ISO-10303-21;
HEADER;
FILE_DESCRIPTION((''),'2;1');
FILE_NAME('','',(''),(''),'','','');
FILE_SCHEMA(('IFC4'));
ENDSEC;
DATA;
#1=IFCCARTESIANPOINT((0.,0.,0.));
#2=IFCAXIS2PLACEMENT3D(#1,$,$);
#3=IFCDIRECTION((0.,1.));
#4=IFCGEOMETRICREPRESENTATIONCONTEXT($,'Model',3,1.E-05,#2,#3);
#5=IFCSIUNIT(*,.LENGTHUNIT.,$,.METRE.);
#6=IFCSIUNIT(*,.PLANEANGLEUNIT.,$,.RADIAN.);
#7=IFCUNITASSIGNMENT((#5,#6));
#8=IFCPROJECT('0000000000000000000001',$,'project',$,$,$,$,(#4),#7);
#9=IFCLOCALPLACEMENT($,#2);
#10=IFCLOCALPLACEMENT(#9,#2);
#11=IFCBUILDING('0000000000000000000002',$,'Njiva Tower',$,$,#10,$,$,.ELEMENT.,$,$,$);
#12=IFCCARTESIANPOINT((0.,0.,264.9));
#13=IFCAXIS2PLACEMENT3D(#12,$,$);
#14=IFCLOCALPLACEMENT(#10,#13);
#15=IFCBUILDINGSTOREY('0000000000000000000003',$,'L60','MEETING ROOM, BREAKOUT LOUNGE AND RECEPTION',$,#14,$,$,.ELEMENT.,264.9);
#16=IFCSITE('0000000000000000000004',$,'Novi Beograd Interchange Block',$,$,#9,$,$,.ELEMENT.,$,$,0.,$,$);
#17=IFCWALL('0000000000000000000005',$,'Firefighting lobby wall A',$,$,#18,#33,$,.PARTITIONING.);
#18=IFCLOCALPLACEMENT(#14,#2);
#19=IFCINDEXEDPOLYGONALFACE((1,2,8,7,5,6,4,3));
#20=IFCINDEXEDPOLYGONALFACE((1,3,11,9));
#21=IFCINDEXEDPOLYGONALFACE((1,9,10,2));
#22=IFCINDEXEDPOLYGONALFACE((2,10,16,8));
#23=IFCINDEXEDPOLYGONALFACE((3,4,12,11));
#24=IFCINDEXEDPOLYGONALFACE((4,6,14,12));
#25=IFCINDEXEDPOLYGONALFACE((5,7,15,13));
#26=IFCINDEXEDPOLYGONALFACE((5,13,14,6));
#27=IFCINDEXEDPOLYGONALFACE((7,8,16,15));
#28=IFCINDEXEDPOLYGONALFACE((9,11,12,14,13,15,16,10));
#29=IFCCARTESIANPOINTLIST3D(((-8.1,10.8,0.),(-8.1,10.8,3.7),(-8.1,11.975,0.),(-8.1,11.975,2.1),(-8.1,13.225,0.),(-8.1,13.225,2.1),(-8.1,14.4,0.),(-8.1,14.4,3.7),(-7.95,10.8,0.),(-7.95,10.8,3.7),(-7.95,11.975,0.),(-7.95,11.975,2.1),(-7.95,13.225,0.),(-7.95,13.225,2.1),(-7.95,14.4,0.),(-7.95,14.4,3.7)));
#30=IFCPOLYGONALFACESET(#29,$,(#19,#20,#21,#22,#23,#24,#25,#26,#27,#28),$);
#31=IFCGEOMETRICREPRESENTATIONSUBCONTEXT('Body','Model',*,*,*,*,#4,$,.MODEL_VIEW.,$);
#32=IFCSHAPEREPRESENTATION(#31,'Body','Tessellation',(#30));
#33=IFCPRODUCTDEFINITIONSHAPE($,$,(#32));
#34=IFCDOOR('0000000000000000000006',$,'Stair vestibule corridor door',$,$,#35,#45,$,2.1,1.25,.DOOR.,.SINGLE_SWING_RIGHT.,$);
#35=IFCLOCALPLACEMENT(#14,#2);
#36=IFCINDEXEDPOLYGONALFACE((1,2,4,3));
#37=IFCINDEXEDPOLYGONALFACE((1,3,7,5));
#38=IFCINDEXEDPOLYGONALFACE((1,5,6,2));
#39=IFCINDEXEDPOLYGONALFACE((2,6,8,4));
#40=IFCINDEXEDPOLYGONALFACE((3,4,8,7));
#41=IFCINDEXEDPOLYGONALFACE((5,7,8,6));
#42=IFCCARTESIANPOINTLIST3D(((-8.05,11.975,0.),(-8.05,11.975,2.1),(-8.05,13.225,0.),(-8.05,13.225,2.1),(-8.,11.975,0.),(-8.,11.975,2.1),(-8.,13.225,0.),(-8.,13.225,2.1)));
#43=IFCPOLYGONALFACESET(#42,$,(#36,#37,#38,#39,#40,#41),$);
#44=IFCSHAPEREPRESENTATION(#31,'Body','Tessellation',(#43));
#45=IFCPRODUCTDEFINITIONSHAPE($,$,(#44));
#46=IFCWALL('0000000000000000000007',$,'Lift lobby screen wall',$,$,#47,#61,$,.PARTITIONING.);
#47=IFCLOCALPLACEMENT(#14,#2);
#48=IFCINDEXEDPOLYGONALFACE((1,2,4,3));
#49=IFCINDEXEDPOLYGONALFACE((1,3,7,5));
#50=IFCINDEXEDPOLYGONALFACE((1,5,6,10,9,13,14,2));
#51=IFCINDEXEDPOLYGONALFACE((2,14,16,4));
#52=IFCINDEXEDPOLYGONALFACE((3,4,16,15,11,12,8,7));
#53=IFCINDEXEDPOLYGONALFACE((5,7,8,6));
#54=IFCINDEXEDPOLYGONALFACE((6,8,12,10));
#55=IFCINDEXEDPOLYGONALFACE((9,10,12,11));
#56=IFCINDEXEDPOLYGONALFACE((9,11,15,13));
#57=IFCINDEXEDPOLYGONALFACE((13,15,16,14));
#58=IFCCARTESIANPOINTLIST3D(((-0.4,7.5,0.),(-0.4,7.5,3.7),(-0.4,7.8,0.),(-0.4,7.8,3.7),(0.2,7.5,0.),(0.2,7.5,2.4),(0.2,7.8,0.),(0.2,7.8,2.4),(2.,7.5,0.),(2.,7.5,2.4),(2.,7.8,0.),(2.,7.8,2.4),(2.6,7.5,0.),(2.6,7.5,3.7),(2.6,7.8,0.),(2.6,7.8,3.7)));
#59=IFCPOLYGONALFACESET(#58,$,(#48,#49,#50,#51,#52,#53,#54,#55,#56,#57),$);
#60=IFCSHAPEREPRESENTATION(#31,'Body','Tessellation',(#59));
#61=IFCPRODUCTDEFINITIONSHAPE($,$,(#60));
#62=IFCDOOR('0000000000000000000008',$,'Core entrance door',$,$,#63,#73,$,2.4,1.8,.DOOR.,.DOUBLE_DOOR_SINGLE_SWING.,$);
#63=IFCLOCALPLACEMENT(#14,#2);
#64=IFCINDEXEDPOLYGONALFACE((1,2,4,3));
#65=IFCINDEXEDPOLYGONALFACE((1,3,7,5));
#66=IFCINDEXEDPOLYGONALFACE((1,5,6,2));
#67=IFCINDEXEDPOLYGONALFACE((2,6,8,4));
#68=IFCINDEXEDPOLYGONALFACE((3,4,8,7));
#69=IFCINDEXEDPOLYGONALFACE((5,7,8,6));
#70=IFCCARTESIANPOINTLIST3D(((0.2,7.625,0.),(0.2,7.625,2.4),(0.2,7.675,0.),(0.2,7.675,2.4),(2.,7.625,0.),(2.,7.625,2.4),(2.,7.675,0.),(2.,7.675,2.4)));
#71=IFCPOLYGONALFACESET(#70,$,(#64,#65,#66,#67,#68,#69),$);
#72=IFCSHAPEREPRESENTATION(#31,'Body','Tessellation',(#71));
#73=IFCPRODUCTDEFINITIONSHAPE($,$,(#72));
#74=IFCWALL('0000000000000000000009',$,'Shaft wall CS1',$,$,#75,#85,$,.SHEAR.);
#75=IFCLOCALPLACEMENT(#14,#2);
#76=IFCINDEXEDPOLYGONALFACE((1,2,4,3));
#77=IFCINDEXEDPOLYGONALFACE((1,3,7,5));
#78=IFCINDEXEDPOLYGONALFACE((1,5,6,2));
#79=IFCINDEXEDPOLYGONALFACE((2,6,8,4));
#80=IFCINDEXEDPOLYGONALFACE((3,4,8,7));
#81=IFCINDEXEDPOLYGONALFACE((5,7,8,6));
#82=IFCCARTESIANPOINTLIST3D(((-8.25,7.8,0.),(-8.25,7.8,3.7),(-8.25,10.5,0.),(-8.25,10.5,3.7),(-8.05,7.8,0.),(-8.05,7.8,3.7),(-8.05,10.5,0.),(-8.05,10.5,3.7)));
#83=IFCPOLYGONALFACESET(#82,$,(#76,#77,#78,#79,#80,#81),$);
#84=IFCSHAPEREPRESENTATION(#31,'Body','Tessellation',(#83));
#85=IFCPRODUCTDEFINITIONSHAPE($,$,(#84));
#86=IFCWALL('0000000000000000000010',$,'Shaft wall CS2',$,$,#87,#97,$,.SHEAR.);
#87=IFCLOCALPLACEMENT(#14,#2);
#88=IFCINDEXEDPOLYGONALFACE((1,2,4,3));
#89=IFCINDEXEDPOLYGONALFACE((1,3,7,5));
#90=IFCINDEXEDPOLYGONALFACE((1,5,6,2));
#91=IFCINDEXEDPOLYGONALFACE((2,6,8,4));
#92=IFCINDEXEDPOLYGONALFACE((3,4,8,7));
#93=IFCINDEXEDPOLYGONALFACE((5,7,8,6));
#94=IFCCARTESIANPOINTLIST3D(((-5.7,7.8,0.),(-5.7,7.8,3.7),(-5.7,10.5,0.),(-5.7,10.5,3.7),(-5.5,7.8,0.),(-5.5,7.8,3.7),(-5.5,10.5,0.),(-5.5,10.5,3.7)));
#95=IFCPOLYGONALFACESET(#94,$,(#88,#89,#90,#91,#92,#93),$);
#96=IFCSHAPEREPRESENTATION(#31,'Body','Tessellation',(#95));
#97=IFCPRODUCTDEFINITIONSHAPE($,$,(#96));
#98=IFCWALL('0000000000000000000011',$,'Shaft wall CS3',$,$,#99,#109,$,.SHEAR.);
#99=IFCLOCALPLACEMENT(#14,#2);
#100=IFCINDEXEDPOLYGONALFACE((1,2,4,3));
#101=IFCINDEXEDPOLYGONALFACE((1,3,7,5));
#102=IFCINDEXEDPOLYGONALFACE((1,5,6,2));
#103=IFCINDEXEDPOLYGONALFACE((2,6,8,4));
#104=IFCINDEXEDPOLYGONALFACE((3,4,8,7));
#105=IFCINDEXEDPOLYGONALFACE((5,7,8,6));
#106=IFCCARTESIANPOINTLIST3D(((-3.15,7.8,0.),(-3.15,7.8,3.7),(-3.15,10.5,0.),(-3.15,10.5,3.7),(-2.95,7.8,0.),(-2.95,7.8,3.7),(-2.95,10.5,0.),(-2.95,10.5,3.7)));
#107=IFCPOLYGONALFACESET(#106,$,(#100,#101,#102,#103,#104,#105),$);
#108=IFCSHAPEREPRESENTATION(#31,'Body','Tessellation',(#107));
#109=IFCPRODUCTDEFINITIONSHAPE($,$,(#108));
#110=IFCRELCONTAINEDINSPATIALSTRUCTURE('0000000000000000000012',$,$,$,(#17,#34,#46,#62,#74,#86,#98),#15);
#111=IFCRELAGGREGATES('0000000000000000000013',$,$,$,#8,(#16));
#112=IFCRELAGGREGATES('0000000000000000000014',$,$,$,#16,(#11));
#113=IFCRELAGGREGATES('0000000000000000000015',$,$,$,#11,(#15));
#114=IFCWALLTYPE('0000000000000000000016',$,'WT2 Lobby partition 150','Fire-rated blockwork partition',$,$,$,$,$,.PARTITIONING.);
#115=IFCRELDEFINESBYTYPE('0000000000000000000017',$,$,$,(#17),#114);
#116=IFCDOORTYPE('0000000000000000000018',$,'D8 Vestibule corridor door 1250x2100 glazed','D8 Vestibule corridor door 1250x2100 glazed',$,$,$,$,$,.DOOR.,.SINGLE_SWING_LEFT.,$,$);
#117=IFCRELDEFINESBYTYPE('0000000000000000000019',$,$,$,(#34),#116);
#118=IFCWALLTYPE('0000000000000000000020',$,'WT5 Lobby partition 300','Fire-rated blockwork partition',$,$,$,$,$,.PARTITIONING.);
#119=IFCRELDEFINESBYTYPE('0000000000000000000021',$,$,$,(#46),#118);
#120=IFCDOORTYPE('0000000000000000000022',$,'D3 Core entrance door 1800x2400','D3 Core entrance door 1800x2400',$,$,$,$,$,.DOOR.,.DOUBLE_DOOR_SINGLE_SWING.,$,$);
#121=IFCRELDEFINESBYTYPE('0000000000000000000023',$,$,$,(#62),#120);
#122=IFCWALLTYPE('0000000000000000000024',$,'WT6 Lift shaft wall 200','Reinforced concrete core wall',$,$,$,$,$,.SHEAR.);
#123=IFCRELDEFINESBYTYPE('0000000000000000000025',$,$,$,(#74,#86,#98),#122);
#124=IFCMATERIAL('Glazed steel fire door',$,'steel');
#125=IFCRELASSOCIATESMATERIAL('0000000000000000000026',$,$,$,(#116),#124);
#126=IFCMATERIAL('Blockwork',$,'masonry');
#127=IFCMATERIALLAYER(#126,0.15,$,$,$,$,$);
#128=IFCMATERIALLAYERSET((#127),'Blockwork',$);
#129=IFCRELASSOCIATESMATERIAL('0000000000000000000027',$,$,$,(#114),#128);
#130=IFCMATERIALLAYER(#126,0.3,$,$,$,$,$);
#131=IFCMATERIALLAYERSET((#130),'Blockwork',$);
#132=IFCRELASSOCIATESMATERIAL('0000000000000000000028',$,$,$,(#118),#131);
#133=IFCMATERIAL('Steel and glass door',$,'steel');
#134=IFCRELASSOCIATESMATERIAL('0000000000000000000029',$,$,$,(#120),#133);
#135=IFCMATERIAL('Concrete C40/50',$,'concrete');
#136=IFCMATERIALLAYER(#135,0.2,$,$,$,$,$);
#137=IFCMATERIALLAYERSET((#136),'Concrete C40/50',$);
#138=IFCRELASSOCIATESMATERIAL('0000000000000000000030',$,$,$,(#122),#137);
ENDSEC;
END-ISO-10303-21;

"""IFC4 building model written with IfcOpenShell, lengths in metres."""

from ifc_helpers import new_model, si_unit, direction, frame, frame_2d, origin, place, context, subcontext, project, spatial, rectangle, extrude, material, layer, layer_set, type_object, element, fill, save


model = new_model("IFC4")

# Units and contexts
model_context = context("Model", 3, precision=1e-05, world=origin(), true_north=direction((0.0, 1.0)))
body_context = subcontext(model_context, "Body", "Model", "MODEL_VIEW")
ifc_project = project(units=[si_unit("LENGTHUNIT", "METRE"), si_unit("PLANEANGLEUNIT", "RADIAN")], contexts=[model_context])

# Site, building, storey
site_placement = place(None, origin())
site = spatial("IfcSite", under=ifc_project, at=site_placement, Name="Novi Beograd Interchange Block", CompositionType="ELEMENT", RefElevation=0.0)
building_placement = place(site_placement, origin())
building = spatial("IfcBuilding", under=site, at=building_placement, Name="Njiva Tower", CompositionType="ELEMENT")
storey_placement = place(building_placement, frame((0.0, 0.0, 264.9)))
storey = spatial("IfcBuildingStorey", under=building, at=storey_placement, Name="L60", Description="MEETING ROOM, BREAKOUT LOUNGE AND RECEPTION", CompositionType="ELEMENT", Elevation=264.9)

# Shared definitions
ifc_material_1 = material(Name="Blockwork", Category="masonry")

# Shared definitions
ifc_material_2 = material(Name="Concrete C40/50", Category="concrete")
ifc_material_3 = material(Name="Glazed steel fire door", Category="steel")
door_type_1 = type_object("IfcDoorType", Name="D8 Vestibule corridor door 1250x2100 glazed", Description="D8 Vestibule corridor door 1250x2100 glazed", OperationType="SINGLE_SWING_LEFT", PredefinedType="DOOR", material=ifc_material_3)

# Walls, openings, doors
ifc_layer_1 = layer(ifc_material_1, 0.15)
ifc_layer_set_1 = layer_set([ifc_layer_1], Name="Blockwork")
wall_type_1 = type_object("IfcWallType", Name="WT2 Lobby partition 150", Description="Fire-rated blockwork partition", PredefinedType="PARTITIONING", material=ifc_layer_set_1)
wall_1_placement = place(storey_placement, frame((-8.025, 10.8, 0.0), z_axis=(0.0, 0.0, 1.0), x_axis=(0.0, 1.0, 0.0)))
wall_1 = element("IfcWall", 1, at=wall_1_placement, inside=storey, type_object=wall_type_1, Name="Firefighting lobby wall A", PredefinedType="PARTITIONING", context=body_context, shape_type="SweptSolid", body=[
    extrude(rectangle(XDim=3.6, YDim=0.15, at=frame_2d((1.8, 0.0))), origin(), (0.0, 0.0, 1.0), 3.7),
])
opening_1_placement = place(wall_1_placement, frame((1.175, 0.0, 0.0)))
opening_1 = element("IfcOpeningElement", 2, at=opening_1_placement, cuts=wall_1, PredefinedType="OPENING", context=body_context, shape_type="SweptSolid", body=[
    extrude(rectangle(XDim=1.25, YDim=2.1, at=frame_2d((0.625, 1.05))), frame((0.0, 0.085, 0.0), z_axis=(0.0, -1.0, 0.0), x_axis=(1.0, 0.0, 0.0)), (0.0, 0.0, 1.0), 0.17),
])
door_1_placement = place(opening_1_placement, origin())
door_1 = element("IfcDoor", 3, at=door_1_placement, inside=storey, type_object=door_type_1, Name="Stair vestibule corridor door", OperationType="SINGLE_SWING_RIGHT", OverallHeight=2.1, OverallWidth=1.25, PredefinedType="DOOR", context=body_context, shape_type="SweptSolid", body=[
    extrude(rectangle(XDim=1.25, YDim=2.1, at=frame_2d((0.625, 1.05))), frame((0.0, 0.025, 0.0), z_axis=(0.0, -1.0, 0.0), x_axis=(1.0, 0.0, 0.0)), (0.0, 0.0, 1.0), 0.05),
])
fill(opening_1, door_1)
ifc_layer_2 = layer(ifc_material_1, 0.3)
ifc_layer_set_2 = layer_set([ifc_layer_2], Name="Blockwork")
wall_type_2 = type_object("IfcWallType", Name="WT5 Lobby partition 300", Description="Fire-rated blockwork partition", PredefinedType="PARTITIONING", material=ifc_layer_set_2)
wall_2_placement = place(storey_placement, frame((-0.4, 7.65, 0.0), z_axis=(0.0, 0.0, 1.0), x_axis=(1.0, 0.0, 0.0)))
wall_2 = element("IfcWall", 4, at=wall_2_placement, inside=storey, type_object=wall_type_2, Name="Lift lobby screen wall", PredefinedType="PARTITIONING", context=body_context, shape_type="SweptSolid", body=[
    extrude(rectangle(XDim=3.0, YDim=0.3, at=frame_2d((1.5, 0.0))), origin(), (0.0, 0.0, 1.0), 3.7),
])
opening_2_placement = place(wall_2_placement, frame((0.6, 0.0, 0.0)))
opening_2 = element("IfcOpeningElement", 5, at=opening_2_placement, cuts=wall_2, PredefinedType="OPENING", context=body_context, shape_type="SweptSolid", body=[
    extrude(rectangle(XDim=1.8, YDim=2.4, at=frame_2d((0.9, 1.2))), frame((0.0, 0.16, 0.0), z_axis=(0.0, -1.0, 0.0), x_axis=(1.0, 0.0, 0.0)), (0.0, 0.0, 1.0), 0.32),
])
ifc_material_4 = material(Name="Steel and glass door", Category="steel")
door_type_2 = type_object("IfcDoorType", Name="D3 Core entrance door 1800x2400", Description="D3 Core entrance door 1800x2400", OperationType="DOUBLE_DOOR_SINGLE_SWING", PredefinedType="DOOR", material=ifc_material_4)
door_2_placement = place(opening_2_placement, origin())
door_2 = element("IfcDoor", 6, at=door_2_placement, inside=storey, type_object=door_type_2, Name="Core entrance door", OperationType="DOUBLE_DOOR_SINGLE_SWING", OverallHeight=2.4, OverallWidth=1.8, PredefinedType="DOOR", context=body_context, shape_type="SweptSolid", body=[
    extrude(rectangle(XDim=1.8, YDim=2.4, at=frame_2d((0.9, 1.2))), frame((0.0, 0.025, 0.0), z_axis=(0.0, -1.0, 0.0), x_axis=(1.0, 0.0, 0.0)), (0.0, 0.0, 1.0), 0.05),
])
fill(opening_2, door_2)

# Walls
ifc_layer_3 = layer(ifc_material_2, 0.2)
ifc_layer_set_3 = layer_set([ifc_layer_3], Name="Concrete C40/50")
wall_type_3 = type_object("IfcWallType", Name="WT6 Lift shaft wall 200", Description="Reinforced concrete core wall", PredefinedType="SHEAR", material=ifc_layer_set_3)
for number, where, z_axis, x_axis, name in (
    (7, (-8.15, 7.8, 0.0), (0.0, 0.0, 1.0), (0.0, 1.0, 0.0), "Shaft wall CS1"),
    (8, (-5.6, 7.8, 0.0), (0.0, 0.0, 1.0), (0.0, 1.0, 0.0), "Shaft wall CS2"),
    (9, (-3.05, 7.8, 0.0), (0.0, 0.0, 1.0), (0.0, 1.0, 0.0), "Shaft wall CS3"),
):
    element("IfcWall", number, at=place(storey_placement, frame(where, z_axis=z_axis, x_axis=x_axis)), inside=storey, type_object=wall_type_3, Name=name, PredefinedType="SHEAR", context=body_context, shape_type="SweptSolid", body=[
        extrude(rectangle(XDim=2.7, YDim=0.2, at=frame_2d((1.35, 0.0))), origin(), (0.0, 0.0, 1.0), 3.7),
    ])

save(model, "model.ifc")
